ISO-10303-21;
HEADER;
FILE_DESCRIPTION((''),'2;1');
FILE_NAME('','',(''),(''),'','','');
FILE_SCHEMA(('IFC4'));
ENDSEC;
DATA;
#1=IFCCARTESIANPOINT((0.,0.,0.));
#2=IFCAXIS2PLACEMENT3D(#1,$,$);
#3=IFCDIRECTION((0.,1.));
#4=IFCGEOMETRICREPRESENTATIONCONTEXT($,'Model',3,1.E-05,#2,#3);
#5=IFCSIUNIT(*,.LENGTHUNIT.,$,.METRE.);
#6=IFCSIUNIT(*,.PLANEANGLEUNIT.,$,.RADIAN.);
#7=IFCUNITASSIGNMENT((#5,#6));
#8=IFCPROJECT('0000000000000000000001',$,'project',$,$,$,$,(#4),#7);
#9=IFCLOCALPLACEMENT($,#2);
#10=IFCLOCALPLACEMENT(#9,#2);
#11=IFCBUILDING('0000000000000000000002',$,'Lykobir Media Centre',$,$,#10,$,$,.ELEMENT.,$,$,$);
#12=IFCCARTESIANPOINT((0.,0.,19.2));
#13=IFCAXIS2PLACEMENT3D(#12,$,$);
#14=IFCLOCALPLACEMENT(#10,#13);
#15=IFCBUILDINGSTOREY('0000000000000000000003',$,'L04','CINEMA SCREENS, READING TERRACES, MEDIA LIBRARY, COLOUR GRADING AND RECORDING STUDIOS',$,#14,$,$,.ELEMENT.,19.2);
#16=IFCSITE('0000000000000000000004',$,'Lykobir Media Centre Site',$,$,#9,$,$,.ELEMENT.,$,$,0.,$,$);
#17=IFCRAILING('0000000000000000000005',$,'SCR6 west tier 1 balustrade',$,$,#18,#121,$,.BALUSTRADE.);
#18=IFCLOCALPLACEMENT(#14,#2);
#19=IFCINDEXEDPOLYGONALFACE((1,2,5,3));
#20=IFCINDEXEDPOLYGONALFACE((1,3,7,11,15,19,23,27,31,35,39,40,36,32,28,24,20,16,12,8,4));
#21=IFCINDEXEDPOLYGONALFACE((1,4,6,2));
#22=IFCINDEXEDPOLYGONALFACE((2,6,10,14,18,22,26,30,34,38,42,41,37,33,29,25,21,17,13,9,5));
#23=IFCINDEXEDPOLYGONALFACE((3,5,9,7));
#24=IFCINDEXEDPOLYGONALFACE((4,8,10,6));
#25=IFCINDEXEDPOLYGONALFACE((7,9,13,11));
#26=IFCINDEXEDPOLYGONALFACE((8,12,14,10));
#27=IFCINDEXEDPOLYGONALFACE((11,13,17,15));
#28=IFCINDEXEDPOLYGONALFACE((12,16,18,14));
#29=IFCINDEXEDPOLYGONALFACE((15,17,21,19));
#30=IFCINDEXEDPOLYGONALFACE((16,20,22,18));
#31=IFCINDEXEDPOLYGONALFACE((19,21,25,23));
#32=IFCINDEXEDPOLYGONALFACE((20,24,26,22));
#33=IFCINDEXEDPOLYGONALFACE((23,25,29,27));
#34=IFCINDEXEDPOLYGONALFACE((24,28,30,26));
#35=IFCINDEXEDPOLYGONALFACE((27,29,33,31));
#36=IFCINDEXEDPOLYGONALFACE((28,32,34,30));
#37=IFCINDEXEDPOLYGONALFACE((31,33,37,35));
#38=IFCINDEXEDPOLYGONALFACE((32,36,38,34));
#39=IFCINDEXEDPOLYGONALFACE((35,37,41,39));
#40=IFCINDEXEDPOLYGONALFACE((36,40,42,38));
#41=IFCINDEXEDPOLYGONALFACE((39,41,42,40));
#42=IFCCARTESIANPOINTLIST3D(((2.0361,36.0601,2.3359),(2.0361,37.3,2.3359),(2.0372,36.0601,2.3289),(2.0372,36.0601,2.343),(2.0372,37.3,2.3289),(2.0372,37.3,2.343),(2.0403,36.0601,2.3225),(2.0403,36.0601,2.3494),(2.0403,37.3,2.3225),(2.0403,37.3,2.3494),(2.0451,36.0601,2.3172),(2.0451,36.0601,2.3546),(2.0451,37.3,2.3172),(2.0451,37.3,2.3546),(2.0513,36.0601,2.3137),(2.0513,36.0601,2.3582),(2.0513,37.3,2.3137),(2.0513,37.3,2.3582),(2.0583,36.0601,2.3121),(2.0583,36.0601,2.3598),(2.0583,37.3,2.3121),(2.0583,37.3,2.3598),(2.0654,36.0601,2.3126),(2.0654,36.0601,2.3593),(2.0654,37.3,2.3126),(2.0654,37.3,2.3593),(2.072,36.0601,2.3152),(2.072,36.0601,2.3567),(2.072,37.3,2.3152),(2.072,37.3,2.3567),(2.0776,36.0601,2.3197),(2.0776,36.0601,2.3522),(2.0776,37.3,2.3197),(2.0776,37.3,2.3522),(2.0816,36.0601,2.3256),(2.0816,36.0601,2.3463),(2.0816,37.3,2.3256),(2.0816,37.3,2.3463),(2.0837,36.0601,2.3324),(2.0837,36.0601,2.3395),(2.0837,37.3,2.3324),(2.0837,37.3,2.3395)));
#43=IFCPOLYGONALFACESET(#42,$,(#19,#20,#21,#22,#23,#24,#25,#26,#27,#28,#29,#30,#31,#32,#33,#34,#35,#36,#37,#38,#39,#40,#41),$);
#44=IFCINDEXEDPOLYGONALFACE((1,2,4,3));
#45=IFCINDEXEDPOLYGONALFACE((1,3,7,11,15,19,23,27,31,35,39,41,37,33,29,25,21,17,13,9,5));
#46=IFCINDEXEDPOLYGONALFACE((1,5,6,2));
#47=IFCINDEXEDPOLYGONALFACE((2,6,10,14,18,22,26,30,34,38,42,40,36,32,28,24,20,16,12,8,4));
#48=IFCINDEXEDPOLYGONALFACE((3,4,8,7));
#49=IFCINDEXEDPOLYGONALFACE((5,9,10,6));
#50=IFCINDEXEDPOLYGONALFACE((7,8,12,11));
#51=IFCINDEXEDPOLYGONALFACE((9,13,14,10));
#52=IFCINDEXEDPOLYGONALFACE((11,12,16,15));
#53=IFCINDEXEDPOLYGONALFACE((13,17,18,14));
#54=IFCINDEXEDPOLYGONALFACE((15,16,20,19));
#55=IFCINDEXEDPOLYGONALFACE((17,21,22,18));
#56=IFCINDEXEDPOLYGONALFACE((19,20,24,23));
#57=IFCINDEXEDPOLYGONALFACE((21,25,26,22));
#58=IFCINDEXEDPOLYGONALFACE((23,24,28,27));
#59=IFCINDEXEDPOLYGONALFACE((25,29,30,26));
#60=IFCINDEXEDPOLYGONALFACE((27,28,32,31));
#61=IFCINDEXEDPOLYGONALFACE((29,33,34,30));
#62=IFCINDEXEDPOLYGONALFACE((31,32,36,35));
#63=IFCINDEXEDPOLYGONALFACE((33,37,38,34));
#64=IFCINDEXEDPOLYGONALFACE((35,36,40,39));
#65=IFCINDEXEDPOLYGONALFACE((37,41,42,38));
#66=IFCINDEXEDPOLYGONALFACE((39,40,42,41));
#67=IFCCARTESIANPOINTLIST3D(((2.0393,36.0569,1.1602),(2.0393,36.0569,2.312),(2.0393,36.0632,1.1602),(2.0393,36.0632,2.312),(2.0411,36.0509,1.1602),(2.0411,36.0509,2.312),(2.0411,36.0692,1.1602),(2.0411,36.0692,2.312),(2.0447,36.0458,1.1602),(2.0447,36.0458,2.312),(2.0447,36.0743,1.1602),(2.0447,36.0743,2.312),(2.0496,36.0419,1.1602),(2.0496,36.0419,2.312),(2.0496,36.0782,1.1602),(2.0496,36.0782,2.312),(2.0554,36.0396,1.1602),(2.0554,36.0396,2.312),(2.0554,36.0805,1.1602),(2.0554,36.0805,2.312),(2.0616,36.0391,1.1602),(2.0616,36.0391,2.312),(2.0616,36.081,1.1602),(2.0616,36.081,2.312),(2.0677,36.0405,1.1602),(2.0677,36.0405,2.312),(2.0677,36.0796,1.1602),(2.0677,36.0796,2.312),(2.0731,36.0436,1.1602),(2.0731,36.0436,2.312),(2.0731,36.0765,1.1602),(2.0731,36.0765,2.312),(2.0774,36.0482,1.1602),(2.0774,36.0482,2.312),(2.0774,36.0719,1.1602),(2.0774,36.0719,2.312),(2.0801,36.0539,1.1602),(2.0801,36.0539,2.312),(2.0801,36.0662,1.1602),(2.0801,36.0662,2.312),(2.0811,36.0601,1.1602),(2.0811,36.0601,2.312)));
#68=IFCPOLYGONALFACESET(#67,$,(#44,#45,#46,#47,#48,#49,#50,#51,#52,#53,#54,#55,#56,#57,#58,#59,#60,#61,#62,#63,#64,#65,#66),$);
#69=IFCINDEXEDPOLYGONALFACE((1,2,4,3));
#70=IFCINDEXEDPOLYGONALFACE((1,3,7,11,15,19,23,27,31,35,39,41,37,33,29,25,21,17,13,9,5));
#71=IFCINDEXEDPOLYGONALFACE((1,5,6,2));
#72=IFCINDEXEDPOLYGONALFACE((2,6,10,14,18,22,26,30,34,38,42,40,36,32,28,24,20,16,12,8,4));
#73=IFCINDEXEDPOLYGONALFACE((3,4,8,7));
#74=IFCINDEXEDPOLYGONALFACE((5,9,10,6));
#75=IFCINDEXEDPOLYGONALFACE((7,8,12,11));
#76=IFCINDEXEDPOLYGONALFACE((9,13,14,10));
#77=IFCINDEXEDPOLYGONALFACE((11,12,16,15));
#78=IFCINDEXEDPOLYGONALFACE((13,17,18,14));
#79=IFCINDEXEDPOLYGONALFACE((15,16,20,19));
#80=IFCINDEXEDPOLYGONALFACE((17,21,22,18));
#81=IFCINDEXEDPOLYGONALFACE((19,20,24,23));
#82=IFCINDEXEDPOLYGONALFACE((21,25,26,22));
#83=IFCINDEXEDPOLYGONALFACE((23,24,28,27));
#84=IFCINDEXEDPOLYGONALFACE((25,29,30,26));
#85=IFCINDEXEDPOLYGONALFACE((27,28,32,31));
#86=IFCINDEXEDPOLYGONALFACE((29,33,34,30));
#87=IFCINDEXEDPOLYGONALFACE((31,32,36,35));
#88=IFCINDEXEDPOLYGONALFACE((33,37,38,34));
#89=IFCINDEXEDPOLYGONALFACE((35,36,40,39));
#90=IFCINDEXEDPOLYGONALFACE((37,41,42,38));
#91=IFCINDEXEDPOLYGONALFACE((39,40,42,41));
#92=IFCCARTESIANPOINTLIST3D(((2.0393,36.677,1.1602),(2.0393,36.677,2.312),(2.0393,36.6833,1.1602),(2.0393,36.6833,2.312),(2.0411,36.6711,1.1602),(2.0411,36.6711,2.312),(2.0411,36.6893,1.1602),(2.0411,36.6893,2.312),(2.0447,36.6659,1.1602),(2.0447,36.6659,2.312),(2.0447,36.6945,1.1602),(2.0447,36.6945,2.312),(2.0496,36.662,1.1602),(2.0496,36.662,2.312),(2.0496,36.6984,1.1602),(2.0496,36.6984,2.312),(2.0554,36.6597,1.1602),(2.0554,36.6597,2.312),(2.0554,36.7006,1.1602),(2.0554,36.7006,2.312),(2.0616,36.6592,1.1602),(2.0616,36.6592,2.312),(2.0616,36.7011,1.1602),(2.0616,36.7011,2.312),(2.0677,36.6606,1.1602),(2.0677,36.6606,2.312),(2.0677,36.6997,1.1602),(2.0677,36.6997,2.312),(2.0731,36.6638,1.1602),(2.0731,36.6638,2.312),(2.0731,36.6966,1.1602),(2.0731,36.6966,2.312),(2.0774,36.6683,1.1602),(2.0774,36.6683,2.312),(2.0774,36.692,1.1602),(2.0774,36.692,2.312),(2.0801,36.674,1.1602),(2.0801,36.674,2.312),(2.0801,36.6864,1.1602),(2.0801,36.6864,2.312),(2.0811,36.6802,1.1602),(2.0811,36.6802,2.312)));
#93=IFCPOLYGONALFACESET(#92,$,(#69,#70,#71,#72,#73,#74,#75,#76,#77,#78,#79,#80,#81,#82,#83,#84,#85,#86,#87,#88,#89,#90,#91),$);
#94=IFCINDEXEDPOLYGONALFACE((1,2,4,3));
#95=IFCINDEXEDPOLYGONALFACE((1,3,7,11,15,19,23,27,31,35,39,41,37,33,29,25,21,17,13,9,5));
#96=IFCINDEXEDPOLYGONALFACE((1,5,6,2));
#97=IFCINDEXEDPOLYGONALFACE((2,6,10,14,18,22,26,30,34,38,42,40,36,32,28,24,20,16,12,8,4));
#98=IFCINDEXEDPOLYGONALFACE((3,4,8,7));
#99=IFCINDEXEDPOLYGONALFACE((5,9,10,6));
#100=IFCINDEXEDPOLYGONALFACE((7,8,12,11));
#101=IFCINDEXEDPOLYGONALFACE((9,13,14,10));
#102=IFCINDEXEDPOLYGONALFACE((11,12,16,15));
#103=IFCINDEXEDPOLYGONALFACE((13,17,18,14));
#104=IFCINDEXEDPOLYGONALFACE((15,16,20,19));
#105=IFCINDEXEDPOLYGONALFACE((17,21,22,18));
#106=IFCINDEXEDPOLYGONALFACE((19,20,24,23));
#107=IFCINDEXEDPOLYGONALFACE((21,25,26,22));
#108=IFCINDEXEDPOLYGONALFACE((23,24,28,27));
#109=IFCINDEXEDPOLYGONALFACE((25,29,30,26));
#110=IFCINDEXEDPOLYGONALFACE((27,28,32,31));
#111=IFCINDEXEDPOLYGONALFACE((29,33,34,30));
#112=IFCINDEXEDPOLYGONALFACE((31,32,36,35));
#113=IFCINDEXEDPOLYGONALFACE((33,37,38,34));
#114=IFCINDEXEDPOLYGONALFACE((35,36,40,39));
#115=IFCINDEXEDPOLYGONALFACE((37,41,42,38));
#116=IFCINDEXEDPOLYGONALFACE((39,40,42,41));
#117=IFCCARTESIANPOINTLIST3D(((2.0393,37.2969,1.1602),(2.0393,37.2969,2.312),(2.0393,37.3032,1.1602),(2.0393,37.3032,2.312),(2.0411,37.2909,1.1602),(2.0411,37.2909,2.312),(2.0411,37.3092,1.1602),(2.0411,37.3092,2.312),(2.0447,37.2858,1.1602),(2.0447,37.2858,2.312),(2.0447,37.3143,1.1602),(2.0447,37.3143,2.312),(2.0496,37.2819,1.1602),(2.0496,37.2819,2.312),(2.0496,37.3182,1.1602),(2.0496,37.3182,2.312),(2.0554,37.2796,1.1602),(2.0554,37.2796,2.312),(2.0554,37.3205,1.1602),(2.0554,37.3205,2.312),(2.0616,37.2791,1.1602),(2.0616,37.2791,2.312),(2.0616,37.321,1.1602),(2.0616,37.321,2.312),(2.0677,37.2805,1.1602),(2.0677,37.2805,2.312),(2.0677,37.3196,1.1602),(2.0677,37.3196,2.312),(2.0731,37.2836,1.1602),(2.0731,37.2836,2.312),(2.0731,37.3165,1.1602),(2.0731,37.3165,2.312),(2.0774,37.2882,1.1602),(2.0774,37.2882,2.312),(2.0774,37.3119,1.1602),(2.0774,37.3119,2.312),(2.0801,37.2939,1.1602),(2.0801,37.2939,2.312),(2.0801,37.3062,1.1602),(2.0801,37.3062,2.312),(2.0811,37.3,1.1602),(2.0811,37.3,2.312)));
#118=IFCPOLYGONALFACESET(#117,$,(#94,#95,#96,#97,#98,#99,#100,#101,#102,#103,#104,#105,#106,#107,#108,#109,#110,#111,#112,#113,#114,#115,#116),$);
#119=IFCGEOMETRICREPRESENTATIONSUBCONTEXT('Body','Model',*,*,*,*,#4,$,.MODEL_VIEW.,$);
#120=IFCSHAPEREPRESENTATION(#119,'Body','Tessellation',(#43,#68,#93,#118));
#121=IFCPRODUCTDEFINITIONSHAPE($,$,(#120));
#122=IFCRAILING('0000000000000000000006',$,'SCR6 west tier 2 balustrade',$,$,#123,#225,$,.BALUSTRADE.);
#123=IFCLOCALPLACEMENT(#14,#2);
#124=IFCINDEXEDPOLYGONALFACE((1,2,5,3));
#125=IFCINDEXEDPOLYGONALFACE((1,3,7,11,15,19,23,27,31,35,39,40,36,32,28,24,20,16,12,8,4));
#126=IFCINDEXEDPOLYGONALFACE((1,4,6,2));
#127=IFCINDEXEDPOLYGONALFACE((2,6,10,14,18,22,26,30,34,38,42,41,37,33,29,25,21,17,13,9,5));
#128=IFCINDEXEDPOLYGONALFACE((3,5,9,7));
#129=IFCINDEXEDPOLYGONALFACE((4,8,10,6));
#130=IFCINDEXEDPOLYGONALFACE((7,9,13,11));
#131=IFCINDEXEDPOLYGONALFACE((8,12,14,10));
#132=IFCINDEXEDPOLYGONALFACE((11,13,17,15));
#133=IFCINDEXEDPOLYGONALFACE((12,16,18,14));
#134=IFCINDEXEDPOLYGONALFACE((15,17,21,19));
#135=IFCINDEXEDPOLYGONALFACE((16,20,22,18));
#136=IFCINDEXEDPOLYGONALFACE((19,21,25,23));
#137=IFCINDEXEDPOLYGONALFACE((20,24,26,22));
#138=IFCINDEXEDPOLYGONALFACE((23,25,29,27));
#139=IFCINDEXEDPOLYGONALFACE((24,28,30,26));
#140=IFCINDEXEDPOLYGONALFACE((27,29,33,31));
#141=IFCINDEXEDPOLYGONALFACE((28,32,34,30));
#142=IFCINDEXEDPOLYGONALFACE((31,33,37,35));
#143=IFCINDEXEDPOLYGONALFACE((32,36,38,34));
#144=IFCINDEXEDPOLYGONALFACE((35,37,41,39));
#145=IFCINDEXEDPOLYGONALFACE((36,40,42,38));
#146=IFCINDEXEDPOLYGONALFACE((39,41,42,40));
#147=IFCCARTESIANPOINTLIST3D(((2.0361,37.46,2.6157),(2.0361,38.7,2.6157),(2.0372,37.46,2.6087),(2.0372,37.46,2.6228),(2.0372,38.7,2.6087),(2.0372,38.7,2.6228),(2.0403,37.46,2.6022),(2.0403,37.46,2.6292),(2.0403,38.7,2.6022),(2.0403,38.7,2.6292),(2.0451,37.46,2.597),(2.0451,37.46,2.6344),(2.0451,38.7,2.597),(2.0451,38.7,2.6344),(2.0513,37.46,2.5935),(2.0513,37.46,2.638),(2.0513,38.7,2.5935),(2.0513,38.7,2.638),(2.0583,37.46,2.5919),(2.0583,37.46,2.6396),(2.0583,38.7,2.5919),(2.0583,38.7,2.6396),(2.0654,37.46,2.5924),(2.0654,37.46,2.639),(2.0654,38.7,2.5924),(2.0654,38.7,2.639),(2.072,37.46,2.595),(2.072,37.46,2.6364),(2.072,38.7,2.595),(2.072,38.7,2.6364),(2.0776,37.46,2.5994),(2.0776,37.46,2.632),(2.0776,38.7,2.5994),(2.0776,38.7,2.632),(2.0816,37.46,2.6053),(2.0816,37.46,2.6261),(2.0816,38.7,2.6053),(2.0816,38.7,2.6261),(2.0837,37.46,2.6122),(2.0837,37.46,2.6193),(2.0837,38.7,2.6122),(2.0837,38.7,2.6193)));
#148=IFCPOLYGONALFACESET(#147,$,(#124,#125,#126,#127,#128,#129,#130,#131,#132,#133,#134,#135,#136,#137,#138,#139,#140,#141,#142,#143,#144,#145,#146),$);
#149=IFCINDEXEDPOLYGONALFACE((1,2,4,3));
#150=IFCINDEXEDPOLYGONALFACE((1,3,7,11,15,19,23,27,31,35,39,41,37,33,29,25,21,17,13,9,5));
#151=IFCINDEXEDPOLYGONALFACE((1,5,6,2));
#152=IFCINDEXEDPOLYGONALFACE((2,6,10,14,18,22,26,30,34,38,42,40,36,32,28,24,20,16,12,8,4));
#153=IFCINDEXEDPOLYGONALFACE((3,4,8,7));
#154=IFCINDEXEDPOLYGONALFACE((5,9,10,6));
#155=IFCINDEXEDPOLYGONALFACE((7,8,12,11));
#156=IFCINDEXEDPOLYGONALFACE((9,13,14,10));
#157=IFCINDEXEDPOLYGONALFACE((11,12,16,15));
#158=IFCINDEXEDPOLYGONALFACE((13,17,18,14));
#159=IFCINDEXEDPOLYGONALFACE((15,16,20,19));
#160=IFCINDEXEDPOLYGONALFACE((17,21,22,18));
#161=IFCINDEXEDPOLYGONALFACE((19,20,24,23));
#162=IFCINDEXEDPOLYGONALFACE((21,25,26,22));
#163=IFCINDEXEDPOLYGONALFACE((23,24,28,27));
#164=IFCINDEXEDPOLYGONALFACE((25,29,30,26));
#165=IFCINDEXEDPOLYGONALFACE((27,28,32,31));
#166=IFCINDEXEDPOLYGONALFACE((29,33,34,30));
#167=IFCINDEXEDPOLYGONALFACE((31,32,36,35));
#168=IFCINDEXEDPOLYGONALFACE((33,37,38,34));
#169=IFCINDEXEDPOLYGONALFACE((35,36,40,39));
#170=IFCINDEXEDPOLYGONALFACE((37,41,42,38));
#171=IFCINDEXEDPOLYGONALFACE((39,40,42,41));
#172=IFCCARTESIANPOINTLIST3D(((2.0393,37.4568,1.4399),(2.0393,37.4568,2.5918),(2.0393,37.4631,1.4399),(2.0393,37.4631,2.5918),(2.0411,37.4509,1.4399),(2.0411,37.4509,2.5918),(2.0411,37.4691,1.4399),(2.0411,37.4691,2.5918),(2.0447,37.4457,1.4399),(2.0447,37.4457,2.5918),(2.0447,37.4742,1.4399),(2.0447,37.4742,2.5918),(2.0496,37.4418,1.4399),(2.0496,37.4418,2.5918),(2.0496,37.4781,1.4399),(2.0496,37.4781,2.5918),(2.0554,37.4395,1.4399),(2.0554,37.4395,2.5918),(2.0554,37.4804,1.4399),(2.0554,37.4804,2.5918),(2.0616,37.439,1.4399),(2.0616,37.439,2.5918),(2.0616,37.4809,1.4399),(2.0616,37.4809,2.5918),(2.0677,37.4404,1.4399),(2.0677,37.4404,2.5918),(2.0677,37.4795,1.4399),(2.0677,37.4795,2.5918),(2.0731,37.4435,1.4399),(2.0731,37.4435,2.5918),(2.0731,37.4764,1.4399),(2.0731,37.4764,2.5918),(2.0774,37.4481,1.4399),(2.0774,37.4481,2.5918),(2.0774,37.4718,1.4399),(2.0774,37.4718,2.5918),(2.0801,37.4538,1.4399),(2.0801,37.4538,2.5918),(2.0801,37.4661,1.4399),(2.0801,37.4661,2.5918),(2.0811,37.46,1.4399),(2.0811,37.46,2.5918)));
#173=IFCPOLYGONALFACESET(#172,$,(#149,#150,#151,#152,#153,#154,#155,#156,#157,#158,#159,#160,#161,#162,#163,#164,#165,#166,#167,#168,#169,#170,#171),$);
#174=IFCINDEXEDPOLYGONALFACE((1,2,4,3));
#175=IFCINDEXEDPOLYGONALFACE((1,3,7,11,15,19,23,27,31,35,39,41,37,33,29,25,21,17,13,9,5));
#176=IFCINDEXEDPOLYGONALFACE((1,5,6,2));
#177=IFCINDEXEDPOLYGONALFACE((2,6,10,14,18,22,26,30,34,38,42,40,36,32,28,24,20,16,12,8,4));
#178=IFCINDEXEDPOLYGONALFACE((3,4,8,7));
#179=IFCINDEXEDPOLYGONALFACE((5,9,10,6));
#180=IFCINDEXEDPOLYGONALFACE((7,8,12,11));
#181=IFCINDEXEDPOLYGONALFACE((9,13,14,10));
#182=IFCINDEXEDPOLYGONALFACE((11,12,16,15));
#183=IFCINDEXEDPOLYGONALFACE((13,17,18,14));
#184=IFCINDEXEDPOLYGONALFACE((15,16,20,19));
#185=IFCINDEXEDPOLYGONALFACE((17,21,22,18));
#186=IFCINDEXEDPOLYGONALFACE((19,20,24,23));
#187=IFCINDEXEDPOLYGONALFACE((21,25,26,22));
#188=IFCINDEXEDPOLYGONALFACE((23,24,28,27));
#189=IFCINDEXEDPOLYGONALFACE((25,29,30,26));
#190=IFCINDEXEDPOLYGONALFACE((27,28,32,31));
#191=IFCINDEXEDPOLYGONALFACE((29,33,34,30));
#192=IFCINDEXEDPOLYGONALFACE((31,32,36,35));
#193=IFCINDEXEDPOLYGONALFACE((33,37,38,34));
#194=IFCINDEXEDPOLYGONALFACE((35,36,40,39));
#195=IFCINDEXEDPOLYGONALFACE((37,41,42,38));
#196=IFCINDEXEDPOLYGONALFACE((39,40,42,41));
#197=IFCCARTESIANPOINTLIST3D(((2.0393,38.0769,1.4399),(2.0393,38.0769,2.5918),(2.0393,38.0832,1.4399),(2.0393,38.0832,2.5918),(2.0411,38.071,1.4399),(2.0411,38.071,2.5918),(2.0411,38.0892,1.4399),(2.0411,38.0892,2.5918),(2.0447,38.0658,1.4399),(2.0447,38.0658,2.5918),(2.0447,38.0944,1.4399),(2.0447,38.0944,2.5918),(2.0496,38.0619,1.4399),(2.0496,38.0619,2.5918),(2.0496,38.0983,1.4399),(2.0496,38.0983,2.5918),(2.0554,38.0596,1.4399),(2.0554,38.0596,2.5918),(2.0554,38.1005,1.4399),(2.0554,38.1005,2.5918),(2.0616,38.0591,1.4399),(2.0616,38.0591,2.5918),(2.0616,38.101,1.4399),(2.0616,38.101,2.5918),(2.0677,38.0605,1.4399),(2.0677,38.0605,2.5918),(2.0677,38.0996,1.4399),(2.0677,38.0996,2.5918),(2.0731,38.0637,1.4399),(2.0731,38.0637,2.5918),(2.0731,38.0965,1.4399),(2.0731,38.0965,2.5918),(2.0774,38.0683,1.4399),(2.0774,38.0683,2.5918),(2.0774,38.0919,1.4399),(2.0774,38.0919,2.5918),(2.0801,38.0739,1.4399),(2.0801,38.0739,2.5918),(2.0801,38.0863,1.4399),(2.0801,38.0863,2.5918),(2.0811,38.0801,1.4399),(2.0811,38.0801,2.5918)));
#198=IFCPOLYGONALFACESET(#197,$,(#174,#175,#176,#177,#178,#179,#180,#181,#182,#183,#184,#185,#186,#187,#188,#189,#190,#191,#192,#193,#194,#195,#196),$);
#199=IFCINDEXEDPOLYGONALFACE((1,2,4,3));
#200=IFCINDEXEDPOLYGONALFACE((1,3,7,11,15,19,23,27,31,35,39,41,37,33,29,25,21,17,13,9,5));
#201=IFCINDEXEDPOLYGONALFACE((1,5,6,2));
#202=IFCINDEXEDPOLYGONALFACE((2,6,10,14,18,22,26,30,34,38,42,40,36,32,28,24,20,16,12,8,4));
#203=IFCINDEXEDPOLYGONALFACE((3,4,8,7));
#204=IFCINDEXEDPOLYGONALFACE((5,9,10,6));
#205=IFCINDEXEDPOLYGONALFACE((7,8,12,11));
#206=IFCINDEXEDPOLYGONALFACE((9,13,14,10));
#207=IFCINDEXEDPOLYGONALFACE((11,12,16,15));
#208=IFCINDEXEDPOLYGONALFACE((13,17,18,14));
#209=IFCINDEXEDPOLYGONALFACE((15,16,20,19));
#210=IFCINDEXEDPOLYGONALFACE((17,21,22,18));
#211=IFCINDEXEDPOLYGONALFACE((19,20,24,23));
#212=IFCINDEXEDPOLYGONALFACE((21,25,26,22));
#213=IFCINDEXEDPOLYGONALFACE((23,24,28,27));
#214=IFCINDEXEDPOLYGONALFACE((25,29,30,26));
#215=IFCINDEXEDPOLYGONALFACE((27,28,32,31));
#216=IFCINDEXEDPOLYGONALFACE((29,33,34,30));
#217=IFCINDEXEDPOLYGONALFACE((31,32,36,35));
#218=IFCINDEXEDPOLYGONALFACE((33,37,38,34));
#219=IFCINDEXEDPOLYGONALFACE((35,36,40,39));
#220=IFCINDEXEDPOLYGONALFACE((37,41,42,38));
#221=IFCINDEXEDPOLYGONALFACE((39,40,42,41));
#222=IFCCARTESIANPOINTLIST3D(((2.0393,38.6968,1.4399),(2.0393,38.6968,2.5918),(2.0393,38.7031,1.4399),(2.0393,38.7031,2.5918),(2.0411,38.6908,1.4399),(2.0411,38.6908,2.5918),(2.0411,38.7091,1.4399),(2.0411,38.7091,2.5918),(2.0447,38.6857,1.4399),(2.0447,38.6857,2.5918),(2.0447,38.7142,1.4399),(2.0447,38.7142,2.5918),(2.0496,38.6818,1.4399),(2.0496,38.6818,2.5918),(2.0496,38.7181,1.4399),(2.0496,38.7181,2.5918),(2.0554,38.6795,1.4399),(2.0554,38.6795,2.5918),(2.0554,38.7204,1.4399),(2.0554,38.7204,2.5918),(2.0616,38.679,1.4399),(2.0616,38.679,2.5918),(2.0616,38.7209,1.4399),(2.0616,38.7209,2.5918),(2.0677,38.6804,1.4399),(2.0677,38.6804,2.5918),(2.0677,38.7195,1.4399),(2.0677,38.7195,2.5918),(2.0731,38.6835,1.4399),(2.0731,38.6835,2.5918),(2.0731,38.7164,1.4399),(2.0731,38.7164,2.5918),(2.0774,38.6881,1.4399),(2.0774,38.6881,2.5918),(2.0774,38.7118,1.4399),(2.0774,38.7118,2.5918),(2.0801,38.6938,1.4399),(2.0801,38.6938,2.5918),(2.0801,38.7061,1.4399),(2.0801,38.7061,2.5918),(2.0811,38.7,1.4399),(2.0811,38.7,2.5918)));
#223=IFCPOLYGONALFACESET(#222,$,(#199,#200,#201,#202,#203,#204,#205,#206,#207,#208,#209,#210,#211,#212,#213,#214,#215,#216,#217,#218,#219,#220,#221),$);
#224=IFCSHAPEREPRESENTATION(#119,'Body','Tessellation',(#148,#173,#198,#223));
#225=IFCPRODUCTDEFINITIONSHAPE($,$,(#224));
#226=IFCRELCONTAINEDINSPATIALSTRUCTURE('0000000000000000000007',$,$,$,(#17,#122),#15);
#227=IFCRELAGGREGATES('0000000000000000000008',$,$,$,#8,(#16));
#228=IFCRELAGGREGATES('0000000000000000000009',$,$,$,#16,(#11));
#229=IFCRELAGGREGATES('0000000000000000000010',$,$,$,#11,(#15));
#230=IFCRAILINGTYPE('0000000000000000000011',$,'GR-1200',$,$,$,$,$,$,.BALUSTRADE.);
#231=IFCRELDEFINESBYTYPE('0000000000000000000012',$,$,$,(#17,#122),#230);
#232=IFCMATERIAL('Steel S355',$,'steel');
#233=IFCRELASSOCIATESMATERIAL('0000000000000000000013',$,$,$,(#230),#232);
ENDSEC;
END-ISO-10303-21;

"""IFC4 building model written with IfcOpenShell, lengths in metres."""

from ifc_helpers import new_model, si_unit, direction, frame, origin, origin_2d, place, context, subcontext, project, spatial, circle, extrude, material, type_object, element, save


model = new_model("IFC4")

# Units and contexts
model_context = context("Model", 3, precision=1e-05, world=origin(), true_north=direction((0.0, 1.0)))
body_context = subcontext(model_context, "Body", "Model", "MODEL_VIEW")
ifc_project = project(units=[si_unit("LENGTHUNIT", "METRE"), si_unit("PLANEANGLEUNIT", "RADIAN")], contexts=[model_context])

# Site, building, storey
site_placement = place(None, origin())
site = spatial("IfcSite", under=ifc_project, at=site_placement, Name="Lykobir Media Centre Site", CompositionType="ELEMENT", RefElevation=0.0)
building_placement = place(site_placement, origin())
building = spatial("IfcBuilding", under=site, at=building_placement, Name="Lykobir Media Centre", CompositionType="ELEMENT")
storey_placement = place(building_placement, frame((0.0, 0.0, 19.2)))
storey = spatial("IfcBuildingStorey", under=building, at=storey_placement, Name="L04", Description="CINEMA SCREENS, READING TERRACES, MEDIA LIBRARY, COLOUR GRADING AND RECORDING STUDIOS", CompositionType="ELEMENT", Elevation=19.2)

# Shared definitions
ifc_material_1 = material(Name="Steel S355", Category="steel")

# Railings
railing_type = type_object("IfcRailingType", Name="GR-1200", PredefinedType="BALUSTRADE", material=ifc_material_1)
for number, where, name in (
    (1, (2.0601, 36.0601, 1.1602), "SCR6 west tier 1 balustrade"),
    (2, (2.0601, 37.46, 1.4399), "SCR6 west tier 2 balustrade"),
):
    element("IfcRailing", number, at=place(storey_placement, frame(where)), inside=storey, type_object=railing_type, Name=name, PredefinedType="BALUSTRADE", context=body_context, shape_type="SweptSolid", body=[
        extrude(circle(Radius=0.0239, at=origin_2d()), frame((0.0, 0.0, 1.1758), z_axis=(0.0, 1.0, 0.0), x_axis=(-1.0, 0.0, 0.0)), (0.0, 0.0, 1.0), 1.24),
        extrude(circle(Radius=0.021, at=origin_2d()), origin(), (0.0, 0.0, 1.0), 1.1519),
        extrude(circle(Radius=0.021, at=origin_2d()), frame((0.0, 0.6201, 0.0)), (0.0, 0.0, 1.0), 1.1519),
        extrude(circle(Radius=0.021, at=origin_2d()), frame((0.0, 1.24, 0.0)), (0.0, 0.0, 1.0), 1.1519),
    ])

save(model, "model.ifc")
